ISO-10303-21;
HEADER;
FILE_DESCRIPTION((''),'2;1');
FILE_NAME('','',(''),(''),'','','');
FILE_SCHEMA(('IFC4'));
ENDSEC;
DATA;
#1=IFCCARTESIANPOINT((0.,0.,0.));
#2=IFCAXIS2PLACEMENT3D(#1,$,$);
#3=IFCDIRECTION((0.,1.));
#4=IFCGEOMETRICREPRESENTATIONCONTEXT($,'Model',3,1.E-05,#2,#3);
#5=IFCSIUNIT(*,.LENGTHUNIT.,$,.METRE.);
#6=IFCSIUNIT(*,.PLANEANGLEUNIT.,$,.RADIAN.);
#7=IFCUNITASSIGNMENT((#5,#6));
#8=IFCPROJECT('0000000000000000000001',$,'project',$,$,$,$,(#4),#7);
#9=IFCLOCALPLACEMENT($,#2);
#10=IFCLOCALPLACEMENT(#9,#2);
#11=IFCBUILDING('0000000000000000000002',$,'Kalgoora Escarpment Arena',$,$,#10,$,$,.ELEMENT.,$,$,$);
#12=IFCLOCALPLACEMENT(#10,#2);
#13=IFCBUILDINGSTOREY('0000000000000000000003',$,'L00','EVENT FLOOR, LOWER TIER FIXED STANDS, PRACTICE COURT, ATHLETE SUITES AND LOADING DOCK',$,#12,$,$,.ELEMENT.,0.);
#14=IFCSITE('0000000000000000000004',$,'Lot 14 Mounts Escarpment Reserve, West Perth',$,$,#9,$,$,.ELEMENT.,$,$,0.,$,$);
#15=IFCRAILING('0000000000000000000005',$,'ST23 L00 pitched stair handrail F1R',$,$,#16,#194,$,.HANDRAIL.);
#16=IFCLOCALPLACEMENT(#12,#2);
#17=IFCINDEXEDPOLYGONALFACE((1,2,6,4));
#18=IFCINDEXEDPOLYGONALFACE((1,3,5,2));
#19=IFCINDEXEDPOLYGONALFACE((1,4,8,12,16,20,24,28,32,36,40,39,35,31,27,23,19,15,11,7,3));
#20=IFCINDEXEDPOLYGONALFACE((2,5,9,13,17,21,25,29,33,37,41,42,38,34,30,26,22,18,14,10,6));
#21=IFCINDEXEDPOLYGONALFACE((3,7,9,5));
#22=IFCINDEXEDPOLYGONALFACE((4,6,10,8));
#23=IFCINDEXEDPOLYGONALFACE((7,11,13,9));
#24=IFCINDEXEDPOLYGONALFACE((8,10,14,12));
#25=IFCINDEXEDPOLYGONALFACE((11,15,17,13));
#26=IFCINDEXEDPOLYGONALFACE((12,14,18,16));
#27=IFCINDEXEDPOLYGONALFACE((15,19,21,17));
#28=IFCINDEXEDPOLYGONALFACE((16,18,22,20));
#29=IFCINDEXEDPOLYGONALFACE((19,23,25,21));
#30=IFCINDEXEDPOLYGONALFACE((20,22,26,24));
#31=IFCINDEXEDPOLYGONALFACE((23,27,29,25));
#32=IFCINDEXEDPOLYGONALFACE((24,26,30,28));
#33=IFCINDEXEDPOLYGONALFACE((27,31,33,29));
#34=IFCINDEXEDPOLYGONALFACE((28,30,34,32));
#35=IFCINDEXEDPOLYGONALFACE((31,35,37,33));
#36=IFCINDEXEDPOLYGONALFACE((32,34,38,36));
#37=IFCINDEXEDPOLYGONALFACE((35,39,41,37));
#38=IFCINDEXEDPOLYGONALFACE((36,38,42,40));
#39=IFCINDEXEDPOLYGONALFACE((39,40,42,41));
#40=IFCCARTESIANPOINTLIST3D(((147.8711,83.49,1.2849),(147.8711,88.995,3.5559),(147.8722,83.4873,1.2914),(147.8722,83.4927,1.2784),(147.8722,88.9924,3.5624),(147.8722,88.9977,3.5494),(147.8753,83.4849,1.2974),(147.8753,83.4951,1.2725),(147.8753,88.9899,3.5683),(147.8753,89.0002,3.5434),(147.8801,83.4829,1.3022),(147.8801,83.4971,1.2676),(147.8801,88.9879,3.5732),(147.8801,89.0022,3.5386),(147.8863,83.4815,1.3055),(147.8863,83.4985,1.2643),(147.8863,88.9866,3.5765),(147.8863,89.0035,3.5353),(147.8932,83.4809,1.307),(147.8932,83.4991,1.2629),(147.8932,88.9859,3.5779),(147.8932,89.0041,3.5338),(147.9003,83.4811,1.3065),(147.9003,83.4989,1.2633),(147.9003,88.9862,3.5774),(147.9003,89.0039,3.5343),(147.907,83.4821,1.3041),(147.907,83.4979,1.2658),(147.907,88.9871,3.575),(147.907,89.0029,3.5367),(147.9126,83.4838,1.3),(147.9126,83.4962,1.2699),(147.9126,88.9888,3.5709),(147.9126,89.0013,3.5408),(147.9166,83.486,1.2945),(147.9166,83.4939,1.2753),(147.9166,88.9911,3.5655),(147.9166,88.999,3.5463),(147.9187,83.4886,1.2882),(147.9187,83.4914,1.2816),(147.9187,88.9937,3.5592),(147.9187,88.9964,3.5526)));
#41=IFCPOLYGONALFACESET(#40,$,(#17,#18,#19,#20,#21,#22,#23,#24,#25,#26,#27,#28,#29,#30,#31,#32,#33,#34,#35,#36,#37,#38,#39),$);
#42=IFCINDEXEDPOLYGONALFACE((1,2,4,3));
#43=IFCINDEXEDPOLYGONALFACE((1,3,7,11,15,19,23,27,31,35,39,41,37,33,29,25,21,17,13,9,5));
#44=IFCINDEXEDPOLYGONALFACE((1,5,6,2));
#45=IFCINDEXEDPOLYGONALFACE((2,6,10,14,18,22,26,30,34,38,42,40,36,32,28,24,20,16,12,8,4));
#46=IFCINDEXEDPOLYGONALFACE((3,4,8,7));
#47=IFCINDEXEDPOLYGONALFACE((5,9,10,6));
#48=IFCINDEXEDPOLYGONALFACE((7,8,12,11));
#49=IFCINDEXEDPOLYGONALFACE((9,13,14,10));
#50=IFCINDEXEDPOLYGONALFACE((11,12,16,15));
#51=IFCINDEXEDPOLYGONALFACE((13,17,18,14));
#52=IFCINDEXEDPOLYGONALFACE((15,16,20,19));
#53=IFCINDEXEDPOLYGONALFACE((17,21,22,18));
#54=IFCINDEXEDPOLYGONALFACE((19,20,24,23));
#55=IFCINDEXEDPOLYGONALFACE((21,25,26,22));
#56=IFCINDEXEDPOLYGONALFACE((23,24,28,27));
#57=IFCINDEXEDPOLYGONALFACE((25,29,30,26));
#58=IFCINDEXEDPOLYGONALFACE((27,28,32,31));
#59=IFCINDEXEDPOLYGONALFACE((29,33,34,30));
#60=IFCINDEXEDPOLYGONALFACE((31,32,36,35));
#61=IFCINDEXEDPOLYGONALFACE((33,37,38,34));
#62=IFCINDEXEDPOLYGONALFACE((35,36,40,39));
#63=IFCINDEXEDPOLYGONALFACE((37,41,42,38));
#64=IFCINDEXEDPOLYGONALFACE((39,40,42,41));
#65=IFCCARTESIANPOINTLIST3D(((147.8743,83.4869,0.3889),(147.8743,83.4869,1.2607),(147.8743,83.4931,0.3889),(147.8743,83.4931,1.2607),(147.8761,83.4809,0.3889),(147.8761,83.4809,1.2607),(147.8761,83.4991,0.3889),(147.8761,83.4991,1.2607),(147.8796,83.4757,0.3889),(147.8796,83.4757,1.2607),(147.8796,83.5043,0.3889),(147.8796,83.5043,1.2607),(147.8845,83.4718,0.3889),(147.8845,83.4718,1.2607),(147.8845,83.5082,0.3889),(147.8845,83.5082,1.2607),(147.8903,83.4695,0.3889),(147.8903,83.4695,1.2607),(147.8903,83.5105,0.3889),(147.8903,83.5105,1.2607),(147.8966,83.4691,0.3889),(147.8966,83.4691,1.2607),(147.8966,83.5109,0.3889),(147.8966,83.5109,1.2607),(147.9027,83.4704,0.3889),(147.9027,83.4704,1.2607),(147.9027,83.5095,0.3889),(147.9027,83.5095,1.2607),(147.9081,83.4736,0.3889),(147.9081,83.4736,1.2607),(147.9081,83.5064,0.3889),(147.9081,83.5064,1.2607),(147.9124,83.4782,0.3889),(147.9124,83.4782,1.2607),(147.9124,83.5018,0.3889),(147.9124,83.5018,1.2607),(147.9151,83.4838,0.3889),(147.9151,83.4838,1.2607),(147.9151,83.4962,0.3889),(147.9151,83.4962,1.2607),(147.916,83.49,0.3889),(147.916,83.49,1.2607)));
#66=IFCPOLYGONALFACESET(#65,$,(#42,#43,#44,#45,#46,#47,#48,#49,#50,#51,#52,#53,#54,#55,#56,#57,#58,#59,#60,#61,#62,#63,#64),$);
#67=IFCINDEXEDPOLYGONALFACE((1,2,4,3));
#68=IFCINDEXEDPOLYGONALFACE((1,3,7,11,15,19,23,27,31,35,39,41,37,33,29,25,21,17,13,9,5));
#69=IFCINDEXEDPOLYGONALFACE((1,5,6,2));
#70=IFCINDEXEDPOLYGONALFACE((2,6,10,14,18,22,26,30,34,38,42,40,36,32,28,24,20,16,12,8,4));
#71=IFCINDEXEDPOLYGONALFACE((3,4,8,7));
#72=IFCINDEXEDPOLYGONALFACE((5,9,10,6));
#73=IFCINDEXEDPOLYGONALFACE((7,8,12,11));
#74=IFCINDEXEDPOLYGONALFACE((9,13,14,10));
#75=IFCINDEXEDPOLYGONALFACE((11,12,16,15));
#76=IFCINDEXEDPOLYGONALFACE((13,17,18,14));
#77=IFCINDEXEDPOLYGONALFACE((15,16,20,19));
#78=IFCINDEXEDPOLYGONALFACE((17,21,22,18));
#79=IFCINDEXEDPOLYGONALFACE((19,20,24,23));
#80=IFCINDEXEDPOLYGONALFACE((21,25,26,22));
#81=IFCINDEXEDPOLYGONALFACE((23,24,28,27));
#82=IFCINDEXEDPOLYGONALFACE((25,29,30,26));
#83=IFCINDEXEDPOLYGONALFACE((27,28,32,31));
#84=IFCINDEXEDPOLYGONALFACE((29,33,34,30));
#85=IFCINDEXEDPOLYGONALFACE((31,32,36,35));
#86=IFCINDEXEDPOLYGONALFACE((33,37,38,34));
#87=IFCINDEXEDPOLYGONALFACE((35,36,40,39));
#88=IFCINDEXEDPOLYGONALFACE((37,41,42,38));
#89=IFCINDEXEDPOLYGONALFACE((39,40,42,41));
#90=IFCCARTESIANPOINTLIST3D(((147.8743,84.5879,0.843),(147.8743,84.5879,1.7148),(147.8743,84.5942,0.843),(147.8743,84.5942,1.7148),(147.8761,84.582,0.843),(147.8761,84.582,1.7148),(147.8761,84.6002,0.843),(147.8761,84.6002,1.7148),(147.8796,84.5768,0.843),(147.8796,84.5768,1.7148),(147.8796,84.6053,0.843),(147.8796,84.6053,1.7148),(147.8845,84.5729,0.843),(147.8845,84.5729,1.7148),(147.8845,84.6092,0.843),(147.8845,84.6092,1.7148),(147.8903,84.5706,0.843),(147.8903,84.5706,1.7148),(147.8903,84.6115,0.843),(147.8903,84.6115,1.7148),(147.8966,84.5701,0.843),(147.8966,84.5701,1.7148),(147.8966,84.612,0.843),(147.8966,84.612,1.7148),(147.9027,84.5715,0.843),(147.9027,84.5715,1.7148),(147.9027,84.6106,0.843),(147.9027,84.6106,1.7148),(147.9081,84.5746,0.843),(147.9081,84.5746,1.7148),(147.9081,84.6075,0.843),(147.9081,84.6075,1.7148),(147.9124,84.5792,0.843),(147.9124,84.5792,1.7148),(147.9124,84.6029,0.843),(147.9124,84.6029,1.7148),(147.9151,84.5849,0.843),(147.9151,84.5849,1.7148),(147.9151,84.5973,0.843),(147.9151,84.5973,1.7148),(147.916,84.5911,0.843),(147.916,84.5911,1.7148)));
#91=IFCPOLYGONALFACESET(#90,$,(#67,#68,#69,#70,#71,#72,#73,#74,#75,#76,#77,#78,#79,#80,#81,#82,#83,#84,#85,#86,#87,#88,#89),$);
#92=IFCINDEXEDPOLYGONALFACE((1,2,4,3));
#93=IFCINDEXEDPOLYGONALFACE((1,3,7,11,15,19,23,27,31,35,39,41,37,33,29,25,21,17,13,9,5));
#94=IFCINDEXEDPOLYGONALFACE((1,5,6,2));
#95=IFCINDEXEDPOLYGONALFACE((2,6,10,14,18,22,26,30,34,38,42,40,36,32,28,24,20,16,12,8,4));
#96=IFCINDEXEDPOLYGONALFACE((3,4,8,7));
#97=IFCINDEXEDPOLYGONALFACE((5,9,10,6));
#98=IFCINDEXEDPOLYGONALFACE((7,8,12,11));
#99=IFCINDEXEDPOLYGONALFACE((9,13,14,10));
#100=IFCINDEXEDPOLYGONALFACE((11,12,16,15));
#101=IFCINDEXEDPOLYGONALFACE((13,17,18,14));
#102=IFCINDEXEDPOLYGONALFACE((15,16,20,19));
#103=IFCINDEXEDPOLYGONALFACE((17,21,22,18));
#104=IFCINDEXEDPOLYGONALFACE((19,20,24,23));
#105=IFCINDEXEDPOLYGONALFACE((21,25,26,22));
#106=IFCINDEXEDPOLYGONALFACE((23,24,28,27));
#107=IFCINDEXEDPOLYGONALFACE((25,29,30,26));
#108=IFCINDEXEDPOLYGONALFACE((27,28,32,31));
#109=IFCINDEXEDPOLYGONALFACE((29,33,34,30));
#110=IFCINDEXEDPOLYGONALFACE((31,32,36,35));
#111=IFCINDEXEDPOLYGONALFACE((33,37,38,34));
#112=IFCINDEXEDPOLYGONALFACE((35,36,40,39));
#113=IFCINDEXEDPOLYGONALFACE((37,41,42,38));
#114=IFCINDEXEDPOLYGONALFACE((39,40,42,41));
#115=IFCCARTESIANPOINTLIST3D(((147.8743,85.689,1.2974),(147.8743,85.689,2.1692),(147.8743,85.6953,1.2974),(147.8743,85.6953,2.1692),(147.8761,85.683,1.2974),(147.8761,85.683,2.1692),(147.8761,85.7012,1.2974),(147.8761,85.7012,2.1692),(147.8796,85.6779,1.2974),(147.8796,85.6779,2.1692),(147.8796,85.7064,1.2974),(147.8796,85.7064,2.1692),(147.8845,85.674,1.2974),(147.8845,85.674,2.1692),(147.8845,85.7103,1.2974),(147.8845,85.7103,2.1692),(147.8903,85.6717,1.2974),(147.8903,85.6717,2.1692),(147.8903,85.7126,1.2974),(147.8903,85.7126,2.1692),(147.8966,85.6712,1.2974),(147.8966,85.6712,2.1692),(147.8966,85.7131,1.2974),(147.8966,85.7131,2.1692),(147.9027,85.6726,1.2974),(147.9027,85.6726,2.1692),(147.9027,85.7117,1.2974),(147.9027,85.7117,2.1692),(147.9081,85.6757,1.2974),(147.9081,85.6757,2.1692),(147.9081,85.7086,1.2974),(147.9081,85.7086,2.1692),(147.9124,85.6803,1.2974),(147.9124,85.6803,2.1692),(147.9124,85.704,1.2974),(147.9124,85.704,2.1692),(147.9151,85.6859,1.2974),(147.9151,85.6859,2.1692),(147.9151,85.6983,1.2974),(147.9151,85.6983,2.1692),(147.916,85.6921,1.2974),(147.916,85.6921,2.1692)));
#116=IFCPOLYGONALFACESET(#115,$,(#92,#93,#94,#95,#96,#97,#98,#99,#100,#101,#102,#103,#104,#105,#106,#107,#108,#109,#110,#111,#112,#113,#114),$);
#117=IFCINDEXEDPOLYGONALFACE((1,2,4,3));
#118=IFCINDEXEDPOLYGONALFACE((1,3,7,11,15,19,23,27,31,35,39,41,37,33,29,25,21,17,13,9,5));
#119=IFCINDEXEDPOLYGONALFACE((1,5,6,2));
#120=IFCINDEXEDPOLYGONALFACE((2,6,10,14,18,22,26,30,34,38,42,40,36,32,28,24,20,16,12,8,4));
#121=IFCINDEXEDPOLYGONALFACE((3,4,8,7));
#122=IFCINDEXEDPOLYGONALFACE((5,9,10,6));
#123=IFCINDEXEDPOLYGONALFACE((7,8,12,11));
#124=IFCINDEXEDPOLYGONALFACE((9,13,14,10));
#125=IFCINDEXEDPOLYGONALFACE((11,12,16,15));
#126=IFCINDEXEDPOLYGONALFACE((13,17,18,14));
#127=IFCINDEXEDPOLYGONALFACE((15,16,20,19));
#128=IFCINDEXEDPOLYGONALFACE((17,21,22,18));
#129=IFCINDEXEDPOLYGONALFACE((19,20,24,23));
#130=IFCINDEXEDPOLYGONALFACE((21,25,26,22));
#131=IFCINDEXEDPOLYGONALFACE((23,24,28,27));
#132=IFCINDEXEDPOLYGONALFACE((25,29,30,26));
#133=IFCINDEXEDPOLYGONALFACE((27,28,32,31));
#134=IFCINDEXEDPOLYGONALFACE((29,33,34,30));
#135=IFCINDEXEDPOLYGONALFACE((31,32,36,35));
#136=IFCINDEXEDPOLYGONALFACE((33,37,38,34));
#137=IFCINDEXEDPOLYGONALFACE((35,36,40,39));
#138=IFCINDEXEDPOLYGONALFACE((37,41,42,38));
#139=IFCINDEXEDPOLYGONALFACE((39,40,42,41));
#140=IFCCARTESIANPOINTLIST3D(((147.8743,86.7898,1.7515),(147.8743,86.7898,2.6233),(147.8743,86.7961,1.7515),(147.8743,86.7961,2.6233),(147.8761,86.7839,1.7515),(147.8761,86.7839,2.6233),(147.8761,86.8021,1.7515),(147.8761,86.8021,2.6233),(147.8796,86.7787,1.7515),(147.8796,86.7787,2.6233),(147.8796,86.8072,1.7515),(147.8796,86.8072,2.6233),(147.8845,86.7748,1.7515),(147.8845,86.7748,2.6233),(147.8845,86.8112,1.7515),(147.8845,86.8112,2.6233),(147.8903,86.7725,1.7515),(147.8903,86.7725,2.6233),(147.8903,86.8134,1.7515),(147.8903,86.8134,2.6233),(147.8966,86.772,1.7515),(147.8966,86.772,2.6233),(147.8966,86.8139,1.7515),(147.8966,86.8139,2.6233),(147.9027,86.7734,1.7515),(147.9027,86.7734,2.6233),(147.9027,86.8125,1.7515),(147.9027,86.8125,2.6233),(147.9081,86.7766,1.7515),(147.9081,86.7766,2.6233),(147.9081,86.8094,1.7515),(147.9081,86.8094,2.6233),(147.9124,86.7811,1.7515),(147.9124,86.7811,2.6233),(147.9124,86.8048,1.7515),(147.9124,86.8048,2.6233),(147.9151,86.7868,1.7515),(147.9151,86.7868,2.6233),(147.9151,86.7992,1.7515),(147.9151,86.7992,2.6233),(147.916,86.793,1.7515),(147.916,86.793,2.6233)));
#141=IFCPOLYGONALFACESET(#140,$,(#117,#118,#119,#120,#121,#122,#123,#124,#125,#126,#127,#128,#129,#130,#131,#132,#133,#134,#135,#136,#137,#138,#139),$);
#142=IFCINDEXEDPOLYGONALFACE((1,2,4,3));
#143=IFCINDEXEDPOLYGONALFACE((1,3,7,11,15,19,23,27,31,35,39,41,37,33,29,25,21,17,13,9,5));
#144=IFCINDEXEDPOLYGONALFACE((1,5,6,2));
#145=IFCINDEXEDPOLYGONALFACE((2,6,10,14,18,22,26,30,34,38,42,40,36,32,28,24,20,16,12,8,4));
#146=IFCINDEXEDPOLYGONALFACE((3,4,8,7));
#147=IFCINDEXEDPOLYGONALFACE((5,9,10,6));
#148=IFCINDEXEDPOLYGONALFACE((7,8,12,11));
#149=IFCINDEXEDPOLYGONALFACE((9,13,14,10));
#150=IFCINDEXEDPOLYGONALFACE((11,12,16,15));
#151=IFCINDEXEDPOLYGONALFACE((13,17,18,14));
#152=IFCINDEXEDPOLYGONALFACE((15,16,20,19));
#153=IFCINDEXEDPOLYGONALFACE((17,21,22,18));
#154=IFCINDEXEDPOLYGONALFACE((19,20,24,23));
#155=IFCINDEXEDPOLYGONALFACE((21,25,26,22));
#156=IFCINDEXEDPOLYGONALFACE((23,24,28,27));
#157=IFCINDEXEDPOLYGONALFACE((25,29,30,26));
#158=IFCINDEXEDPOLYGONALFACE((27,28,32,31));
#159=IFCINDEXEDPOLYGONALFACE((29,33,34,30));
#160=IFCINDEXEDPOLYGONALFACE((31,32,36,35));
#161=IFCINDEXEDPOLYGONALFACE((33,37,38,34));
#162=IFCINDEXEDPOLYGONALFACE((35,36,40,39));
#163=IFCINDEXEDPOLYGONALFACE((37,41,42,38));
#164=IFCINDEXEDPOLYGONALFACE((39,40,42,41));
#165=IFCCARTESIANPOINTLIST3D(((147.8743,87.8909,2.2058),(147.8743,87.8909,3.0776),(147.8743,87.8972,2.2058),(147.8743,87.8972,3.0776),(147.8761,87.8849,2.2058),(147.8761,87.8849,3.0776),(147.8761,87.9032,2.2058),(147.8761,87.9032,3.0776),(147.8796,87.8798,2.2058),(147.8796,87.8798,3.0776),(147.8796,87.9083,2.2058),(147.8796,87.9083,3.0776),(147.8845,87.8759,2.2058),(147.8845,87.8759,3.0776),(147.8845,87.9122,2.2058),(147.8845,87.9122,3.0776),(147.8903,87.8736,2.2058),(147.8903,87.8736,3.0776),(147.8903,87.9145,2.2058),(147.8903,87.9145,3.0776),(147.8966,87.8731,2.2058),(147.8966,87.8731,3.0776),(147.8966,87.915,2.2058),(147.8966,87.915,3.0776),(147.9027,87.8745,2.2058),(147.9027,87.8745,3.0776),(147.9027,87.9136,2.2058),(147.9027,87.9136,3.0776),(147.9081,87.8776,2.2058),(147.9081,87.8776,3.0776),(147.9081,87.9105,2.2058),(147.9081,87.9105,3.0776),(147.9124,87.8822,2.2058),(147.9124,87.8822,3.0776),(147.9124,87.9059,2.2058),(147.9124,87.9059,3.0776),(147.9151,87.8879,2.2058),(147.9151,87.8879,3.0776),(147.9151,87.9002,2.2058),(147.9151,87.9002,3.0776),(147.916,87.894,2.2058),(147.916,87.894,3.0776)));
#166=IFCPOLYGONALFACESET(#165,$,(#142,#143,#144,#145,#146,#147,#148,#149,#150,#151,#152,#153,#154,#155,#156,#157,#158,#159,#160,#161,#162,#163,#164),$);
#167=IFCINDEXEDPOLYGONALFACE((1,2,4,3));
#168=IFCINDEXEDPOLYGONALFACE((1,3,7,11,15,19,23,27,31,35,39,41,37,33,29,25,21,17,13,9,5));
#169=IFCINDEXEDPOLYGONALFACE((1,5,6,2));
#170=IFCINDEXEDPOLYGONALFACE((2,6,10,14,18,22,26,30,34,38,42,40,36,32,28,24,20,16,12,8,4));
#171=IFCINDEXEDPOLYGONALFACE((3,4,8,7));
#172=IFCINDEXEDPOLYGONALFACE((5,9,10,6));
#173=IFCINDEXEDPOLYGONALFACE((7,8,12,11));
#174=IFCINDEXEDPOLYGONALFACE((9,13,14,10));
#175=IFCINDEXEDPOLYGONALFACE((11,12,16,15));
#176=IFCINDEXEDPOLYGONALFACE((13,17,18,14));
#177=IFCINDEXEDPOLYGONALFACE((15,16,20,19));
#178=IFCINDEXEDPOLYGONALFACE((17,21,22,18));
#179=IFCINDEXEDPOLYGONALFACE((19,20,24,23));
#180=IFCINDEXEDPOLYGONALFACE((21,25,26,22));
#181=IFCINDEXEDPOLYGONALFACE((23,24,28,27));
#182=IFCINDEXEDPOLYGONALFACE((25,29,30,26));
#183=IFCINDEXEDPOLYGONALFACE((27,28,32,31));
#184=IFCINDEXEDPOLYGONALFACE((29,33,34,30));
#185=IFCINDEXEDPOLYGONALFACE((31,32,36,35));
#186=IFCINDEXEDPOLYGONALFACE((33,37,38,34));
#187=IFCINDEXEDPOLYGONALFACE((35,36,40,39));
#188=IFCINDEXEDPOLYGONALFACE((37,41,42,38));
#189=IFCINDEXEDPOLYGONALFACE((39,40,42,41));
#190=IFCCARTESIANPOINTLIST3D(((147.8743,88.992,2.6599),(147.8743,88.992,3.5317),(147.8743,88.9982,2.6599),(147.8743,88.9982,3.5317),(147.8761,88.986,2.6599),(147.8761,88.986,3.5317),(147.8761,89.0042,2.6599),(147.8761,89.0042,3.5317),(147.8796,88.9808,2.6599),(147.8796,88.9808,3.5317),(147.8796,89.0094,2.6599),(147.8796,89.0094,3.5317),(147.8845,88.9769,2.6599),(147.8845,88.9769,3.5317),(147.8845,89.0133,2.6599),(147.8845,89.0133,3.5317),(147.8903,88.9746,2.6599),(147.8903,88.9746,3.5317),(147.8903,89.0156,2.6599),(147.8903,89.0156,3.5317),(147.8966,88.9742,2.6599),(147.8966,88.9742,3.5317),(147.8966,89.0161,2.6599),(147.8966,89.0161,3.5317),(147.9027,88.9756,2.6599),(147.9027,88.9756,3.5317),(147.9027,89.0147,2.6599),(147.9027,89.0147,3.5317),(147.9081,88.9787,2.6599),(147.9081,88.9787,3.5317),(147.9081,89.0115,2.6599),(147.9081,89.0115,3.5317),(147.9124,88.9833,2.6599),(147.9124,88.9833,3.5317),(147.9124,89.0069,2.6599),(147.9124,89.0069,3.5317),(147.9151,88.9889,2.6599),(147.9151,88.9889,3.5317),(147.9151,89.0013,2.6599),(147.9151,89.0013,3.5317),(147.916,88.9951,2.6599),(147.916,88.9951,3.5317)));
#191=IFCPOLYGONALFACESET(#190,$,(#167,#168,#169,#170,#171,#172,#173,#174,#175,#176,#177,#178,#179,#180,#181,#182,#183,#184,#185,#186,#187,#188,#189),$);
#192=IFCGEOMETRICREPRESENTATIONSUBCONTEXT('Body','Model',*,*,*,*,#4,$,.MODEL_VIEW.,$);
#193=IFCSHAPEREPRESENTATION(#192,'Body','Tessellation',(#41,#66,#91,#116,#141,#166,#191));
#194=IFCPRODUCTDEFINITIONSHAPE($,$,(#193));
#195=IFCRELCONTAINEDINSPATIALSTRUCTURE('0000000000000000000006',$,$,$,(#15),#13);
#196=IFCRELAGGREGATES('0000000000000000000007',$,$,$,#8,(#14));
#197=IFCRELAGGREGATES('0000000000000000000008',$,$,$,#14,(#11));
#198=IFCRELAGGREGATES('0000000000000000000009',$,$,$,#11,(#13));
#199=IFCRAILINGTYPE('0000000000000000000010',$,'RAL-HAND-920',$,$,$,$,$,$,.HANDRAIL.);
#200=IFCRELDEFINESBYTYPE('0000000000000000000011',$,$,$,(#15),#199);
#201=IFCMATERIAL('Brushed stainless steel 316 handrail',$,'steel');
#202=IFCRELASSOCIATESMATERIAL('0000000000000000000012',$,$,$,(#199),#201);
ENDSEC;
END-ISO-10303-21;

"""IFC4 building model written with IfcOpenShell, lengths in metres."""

from ifc_helpers import new_model, si_unit, direction, frame, origin, origin_2d, place, context, subcontext, project, spatial, circle, extrude, material, type_object, element, save


model = new_model("IFC4")

# Units and contexts
model_context = context("Model", 3, precision=1e-05, world=origin(), true_north=direction((0.0, 1.0)))
body_context = subcontext(model_context, "Body", "Model", "MODEL_VIEW")
ifc_project = project(units=[si_unit("LENGTHUNIT", "METRE"), si_unit("PLANEANGLEUNIT", "RADIAN")], contexts=[model_context])

# Site, building, storey
site_placement = place(None, origin())
site = spatial("IfcSite", under=ifc_project, at=site_placement, Name="Lot 14 Mounts Escarpment Reserve, West Perth", CompositionType="ELEMENT", RefElevation=0.0)
building_placement = place(site_placement, origin())
building = spatial("IfcBuilding", under=site, at=building_placement, Name="Kalgoora Escarpment Arena", CompositionType="ELEMENT")
storey_placement = place(building_placement, origin())
storey = spatial("IfcBuildingStorey", under=building, at=storey_placement, Name="L00", Description="EVENT FLOOR, LOWER TIER FIXED STANDS, PRACTICE COURT, ATHLETE SUITES AND LOADING DOCK", CompositionType="ELEMENT", Elevation=0.0)

# Railing
ifc_material_1 = material(Name="Brushed stainless steel 316 handrail", Category="steel")
railing_type_1 = type_object("IfcRailingType", Name="RAL-HAND-920", PredefinedType="HANDRAIL", material=ifc_material_1)
for number, where, name in (
    (1, (147.895, 83.49, 0.3889), "ST23 L00 pitched stair handrail F1R"),
):
    element("IfcRailing", number, at=place(storey_placement, frame(where)), inside=storey, type_object=railing_type_1, Name=name, PredefinedType="HANDRAIL", context=body_context, shape_type="SweptSolid", body=[
        extrude(circle(Radius=0.0239, at=origin_2d()), frame((0.0, 0.0, 0.896), z_axis=(0.0, 0.924431, 0.38135), x_axis=(-1.0, 0.0, 0.0)), (0.0, 0.0, 1.0), 5.9551),
        extrude(circle(Radius=0.021, at=origin_2d()), origin(), (0.0, 0.0, 1.0), 0.8718),
        extrude(circle(Radius=0.021, at=origin_2d()), frame((0.0, 1.1011, 0.4541)), (0.0, 0.0, 1.0), 0.8718),
        extrude(circle(Radius=0.021, at=origin_2d()), frame((0.0, 2.2021, 0.9084)), (0.0, 0.0, 1.0), 0.8718),
        extrude(circle(Radius=0.021, at=origin_2d()), frame((0.0, 3.303, 1.3625)), (0.0, 0.0, 1.0), 0.8718),
        extrude(circle(Radius=0.021, at=origin_2d()), frame((0.0, 4.4041, 1.8169)), (0.0, 0.0, 1.0), 0.8718),
        extrude(circle(Radius=0.021, at=origin_2d()), frame((0.0, 5.5051, 2.271)), (0.0, 0.0, 1.0), 0.8718),
    ])

save(model, "model.ifc")
